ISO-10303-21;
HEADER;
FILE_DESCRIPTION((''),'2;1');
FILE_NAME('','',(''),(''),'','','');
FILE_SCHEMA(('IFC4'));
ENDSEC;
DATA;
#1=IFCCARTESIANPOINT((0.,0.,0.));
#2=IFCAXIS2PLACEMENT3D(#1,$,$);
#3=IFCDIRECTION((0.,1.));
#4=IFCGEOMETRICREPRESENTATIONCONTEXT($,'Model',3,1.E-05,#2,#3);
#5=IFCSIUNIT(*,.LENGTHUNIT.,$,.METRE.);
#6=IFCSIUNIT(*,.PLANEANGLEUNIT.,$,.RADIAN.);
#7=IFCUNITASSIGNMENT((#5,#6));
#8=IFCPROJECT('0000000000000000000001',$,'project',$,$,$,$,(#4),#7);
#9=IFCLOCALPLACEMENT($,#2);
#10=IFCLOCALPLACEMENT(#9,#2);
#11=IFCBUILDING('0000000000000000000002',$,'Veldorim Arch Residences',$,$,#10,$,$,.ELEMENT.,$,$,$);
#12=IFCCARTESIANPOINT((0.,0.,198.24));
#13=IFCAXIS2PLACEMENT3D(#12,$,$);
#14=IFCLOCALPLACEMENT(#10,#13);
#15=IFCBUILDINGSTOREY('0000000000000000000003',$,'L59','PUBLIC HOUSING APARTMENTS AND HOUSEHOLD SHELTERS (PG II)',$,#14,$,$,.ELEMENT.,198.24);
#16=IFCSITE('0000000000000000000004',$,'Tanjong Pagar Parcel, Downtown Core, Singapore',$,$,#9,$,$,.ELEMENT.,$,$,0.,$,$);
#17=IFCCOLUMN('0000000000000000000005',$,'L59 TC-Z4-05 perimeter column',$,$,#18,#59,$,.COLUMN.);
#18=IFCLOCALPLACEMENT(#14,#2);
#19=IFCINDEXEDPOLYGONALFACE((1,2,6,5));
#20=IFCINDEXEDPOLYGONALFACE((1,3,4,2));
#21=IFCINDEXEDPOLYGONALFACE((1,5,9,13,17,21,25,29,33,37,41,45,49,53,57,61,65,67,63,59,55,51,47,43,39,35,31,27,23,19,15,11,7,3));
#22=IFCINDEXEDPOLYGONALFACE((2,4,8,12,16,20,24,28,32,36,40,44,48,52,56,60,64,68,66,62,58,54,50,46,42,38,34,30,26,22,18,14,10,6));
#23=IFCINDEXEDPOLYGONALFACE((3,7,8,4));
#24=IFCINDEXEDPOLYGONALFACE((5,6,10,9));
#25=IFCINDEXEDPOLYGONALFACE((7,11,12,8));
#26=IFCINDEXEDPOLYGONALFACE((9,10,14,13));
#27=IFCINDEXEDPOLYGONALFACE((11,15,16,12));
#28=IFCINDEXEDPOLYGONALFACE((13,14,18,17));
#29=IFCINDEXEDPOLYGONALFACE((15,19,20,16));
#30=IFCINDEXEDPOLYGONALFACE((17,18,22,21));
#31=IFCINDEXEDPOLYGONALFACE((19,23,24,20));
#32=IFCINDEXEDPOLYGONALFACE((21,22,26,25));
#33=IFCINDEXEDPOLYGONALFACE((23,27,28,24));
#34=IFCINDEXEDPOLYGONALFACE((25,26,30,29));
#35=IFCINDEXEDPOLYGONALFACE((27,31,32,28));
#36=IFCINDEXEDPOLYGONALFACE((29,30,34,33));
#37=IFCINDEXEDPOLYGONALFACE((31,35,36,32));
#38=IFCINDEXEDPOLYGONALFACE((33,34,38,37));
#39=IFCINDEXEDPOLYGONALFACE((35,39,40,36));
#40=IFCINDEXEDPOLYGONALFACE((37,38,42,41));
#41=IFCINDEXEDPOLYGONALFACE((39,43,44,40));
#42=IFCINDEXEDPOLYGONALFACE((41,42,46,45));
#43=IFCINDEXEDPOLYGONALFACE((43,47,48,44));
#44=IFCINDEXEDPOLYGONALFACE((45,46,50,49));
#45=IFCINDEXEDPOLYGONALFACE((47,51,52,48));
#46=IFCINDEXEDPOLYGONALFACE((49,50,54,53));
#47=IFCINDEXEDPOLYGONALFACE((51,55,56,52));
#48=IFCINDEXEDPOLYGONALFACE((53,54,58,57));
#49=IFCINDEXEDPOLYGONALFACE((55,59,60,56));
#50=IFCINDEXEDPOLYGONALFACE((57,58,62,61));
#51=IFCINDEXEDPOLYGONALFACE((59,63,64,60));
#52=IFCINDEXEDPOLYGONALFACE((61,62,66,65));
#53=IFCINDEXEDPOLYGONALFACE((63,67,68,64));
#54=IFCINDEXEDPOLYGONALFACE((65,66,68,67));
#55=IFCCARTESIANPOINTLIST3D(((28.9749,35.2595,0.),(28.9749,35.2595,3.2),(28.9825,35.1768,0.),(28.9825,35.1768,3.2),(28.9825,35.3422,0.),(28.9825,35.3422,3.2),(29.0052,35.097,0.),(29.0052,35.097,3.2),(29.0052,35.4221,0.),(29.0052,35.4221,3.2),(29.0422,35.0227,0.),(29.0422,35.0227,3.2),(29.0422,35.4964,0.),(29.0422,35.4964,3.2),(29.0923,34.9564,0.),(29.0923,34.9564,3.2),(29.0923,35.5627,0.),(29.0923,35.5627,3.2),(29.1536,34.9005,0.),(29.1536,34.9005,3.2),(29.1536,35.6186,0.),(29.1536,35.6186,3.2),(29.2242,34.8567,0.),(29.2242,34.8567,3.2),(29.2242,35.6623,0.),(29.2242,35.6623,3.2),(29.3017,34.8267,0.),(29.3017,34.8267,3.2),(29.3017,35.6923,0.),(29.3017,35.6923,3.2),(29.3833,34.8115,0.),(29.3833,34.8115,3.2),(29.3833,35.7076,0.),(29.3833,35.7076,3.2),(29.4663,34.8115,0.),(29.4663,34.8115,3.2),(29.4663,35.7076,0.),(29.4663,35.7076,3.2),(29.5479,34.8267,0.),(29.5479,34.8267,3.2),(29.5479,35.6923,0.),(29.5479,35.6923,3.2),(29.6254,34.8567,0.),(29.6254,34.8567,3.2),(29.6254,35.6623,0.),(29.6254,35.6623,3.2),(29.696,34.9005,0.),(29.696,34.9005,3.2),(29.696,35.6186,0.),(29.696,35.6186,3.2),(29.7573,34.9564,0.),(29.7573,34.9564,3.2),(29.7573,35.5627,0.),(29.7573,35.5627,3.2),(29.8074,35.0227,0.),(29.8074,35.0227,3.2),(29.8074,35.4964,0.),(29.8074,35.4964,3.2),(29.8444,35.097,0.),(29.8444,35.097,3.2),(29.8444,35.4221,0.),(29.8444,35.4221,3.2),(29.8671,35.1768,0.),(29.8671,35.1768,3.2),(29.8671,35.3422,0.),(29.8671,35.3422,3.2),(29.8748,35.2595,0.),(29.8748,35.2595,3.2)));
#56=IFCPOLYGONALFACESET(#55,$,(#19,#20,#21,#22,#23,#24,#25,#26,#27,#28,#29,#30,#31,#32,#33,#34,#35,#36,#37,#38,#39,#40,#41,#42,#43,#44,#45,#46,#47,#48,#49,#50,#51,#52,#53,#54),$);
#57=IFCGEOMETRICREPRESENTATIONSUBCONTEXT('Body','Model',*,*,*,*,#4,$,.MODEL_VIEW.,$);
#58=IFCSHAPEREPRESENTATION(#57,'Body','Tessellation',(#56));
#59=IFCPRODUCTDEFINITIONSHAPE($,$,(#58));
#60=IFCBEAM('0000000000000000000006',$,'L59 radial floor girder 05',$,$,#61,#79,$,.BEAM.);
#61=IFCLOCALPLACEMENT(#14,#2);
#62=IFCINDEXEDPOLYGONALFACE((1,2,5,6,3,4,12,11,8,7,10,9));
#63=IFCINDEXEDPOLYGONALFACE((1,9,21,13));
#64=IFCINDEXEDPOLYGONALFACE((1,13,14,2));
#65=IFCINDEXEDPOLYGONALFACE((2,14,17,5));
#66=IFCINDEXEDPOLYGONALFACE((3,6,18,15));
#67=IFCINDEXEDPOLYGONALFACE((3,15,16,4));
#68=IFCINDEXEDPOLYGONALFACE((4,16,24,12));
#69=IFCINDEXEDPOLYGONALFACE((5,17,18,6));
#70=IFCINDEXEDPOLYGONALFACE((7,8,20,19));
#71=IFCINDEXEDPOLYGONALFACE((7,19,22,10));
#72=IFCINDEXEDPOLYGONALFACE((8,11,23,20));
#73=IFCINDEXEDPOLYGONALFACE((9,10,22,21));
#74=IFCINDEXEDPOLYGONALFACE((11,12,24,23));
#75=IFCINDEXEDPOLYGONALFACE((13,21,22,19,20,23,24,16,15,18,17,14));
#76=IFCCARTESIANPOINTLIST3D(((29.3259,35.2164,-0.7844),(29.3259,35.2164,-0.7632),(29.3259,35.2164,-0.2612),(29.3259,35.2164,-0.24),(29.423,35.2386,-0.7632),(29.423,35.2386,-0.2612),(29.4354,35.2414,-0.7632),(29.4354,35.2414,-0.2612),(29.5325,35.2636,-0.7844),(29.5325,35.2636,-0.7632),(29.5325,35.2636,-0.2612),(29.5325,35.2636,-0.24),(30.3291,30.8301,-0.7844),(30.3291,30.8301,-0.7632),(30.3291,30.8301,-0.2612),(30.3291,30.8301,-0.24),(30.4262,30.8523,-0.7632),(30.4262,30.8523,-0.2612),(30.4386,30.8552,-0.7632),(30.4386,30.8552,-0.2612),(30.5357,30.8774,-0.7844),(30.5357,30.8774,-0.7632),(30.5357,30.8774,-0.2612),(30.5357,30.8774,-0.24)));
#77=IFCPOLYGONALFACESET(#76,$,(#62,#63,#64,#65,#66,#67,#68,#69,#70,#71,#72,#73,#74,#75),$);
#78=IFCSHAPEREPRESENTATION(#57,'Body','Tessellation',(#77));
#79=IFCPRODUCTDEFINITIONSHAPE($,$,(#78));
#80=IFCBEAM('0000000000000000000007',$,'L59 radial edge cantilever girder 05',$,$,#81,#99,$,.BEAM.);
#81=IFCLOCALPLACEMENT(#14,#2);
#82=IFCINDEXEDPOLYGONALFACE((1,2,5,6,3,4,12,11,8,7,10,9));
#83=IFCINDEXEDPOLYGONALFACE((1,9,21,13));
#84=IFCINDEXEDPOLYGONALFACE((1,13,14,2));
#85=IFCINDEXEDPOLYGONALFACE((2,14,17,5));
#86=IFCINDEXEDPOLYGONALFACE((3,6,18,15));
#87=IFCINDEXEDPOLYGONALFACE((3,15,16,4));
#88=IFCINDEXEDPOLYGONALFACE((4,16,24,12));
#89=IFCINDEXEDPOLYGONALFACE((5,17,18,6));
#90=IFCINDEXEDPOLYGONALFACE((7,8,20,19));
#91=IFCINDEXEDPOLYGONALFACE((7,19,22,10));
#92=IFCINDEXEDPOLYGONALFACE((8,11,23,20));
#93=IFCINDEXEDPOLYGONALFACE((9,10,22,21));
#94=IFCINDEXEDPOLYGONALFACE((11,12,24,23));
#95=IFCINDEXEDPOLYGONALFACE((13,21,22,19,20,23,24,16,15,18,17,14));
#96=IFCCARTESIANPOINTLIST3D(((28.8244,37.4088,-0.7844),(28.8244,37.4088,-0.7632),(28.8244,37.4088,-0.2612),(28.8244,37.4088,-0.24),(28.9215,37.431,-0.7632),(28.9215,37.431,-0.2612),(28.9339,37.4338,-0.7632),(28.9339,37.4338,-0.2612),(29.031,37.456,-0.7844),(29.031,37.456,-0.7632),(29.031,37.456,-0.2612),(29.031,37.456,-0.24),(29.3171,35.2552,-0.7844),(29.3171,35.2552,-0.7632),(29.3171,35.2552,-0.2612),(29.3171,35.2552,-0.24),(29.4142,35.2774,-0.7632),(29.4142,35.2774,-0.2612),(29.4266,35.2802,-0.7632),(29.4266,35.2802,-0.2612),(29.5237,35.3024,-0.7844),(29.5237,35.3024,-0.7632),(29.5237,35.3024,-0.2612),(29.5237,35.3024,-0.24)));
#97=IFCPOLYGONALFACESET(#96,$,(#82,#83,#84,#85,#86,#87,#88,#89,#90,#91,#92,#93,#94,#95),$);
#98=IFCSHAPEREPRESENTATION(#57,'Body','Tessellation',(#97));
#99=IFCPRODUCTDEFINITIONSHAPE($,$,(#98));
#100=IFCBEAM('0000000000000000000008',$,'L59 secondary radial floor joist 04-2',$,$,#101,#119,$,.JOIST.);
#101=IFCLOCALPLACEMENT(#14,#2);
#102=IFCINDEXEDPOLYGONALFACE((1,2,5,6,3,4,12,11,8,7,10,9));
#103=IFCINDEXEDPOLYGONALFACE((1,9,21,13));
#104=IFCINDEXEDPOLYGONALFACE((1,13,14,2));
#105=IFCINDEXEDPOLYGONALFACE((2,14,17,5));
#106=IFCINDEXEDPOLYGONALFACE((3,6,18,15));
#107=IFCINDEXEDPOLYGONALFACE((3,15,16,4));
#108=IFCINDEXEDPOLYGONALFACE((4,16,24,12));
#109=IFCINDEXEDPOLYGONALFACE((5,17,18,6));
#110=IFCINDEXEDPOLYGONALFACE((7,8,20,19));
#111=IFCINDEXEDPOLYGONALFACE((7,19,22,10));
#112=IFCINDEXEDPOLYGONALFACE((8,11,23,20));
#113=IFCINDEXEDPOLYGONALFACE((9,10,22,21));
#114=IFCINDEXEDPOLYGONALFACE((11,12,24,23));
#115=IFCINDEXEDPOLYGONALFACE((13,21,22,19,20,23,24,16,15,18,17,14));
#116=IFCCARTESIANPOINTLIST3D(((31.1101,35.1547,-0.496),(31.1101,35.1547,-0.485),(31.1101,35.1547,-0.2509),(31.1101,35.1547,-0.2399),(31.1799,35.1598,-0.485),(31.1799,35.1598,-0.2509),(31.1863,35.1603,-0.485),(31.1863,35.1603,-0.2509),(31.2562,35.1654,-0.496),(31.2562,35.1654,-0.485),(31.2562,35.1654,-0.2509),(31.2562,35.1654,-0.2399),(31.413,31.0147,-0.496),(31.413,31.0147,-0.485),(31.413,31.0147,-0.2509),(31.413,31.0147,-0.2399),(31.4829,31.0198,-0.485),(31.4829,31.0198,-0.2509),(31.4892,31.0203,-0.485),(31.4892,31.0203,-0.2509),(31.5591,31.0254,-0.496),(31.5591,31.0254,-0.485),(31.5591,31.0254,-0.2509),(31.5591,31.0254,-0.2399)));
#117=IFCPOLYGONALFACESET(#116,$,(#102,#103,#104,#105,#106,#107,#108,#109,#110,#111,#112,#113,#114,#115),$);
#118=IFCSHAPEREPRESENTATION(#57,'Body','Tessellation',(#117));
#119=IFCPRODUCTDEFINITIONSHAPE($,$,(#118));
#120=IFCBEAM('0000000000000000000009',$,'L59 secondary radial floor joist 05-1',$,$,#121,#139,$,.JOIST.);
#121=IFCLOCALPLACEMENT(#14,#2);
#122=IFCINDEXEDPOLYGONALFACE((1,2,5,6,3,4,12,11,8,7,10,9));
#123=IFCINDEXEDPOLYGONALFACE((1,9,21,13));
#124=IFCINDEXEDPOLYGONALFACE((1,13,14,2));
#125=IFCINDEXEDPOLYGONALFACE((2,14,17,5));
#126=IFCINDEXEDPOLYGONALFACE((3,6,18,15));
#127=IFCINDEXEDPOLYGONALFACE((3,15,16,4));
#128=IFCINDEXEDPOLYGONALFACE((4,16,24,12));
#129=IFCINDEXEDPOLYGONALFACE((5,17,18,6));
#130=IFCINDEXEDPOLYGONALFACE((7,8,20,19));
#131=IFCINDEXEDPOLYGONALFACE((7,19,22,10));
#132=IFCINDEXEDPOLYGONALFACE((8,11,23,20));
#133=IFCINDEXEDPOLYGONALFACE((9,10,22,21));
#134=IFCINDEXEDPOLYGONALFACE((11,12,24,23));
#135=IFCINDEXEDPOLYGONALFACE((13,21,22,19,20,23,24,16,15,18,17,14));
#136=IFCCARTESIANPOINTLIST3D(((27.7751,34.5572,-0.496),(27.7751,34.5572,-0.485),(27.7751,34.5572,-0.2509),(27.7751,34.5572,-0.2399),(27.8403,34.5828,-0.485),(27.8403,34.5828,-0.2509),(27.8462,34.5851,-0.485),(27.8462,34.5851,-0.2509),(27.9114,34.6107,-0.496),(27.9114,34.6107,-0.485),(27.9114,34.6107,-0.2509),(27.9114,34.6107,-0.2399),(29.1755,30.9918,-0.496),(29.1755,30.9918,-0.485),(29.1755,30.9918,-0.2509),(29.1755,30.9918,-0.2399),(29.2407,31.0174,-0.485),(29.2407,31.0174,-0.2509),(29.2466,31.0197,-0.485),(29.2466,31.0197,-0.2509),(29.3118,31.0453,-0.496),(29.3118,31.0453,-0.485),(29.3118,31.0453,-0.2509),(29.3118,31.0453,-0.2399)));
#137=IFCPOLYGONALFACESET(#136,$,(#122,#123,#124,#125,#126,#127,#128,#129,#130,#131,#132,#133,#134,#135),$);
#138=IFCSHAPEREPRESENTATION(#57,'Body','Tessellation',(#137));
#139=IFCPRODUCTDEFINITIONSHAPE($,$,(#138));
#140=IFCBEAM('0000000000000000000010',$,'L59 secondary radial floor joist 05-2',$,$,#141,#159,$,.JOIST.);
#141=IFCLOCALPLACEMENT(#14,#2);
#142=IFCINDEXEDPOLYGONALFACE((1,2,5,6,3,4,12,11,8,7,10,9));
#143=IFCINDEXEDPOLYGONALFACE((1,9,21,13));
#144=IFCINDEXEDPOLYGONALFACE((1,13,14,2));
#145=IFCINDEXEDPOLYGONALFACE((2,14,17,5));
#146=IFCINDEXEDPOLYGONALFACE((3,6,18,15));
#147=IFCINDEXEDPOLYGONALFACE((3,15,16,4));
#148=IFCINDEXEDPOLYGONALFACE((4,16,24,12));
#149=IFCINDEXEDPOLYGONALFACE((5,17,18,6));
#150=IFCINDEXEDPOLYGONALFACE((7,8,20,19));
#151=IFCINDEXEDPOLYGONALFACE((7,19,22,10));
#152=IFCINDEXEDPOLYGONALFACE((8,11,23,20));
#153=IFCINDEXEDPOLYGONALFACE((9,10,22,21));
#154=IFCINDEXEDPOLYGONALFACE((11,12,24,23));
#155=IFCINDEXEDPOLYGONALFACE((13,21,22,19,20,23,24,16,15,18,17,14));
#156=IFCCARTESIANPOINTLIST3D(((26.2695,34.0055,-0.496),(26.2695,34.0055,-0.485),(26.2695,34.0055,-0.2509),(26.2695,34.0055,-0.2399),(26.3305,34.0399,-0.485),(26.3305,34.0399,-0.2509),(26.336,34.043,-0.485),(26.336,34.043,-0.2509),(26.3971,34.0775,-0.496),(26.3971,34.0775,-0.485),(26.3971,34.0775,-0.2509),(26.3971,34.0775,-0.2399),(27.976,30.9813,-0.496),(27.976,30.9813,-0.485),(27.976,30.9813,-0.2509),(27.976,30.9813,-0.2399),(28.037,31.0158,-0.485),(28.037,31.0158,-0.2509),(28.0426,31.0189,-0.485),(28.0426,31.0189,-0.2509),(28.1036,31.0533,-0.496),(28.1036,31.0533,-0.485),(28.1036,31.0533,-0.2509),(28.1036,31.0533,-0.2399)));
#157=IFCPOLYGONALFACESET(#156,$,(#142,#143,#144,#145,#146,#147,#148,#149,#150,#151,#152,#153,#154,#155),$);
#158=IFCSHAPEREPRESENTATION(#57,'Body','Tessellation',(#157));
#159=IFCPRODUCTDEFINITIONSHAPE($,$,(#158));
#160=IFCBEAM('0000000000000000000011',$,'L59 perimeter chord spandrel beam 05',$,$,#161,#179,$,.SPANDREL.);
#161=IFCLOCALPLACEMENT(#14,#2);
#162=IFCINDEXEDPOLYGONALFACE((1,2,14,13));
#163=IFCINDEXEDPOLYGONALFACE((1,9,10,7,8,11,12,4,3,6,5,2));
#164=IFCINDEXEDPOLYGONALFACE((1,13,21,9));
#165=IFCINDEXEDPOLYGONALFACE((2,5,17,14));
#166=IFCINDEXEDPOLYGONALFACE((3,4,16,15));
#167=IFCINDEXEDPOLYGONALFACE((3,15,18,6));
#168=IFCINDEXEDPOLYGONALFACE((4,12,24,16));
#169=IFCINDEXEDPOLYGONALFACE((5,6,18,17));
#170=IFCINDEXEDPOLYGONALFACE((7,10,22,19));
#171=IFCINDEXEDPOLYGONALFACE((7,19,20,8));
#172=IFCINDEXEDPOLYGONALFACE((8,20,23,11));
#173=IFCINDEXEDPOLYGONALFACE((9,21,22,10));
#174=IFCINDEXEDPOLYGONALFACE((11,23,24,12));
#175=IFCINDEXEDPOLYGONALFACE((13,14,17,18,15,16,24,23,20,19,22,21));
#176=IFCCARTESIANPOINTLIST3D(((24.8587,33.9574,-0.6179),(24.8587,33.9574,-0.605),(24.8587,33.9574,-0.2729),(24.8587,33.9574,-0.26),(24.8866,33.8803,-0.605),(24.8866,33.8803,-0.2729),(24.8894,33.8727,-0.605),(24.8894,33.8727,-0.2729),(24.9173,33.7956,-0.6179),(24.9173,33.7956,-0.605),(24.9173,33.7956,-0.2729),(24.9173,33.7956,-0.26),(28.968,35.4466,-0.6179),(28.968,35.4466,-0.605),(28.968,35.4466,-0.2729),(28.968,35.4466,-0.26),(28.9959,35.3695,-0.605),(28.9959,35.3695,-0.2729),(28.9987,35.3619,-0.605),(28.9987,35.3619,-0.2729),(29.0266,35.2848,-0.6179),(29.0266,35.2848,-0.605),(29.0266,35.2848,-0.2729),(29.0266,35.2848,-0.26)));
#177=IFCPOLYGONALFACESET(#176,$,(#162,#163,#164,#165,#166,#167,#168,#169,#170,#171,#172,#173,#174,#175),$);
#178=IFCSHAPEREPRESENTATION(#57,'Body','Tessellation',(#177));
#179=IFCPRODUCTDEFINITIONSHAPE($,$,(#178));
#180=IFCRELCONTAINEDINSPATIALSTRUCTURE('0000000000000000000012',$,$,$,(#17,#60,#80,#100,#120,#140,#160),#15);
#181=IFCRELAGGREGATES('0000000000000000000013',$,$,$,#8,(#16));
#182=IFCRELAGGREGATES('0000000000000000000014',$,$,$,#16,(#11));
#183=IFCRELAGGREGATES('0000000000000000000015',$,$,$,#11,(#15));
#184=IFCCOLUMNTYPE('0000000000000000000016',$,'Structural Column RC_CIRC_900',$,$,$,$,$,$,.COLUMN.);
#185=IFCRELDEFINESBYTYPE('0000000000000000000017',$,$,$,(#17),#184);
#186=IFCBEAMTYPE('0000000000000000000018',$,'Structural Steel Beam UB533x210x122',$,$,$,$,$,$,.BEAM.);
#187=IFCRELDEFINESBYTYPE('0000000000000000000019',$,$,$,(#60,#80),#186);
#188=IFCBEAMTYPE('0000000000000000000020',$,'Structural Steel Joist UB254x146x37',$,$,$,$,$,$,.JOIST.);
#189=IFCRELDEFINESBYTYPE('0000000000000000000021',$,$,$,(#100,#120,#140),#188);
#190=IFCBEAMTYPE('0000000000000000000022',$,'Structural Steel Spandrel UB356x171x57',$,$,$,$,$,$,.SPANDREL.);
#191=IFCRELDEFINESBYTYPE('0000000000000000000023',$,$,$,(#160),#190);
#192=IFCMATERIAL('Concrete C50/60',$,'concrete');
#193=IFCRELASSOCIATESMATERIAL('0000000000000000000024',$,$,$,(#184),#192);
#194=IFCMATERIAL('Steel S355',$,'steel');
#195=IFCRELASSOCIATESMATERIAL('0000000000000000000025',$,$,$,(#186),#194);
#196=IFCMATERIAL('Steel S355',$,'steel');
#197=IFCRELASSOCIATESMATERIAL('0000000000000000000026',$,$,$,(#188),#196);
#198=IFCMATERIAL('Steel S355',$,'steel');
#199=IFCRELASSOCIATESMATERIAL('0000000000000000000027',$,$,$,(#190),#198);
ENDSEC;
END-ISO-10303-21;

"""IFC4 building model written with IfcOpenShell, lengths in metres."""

from ifc_helpers import new_model, si_unit, direction, frame, origin, origin_2d, place, context, subcontext, project, spatial, circle, i_section, extrude, material, material_profile, profile_set, type_object, element, save


model = new_model("IFC4")

# Units and contexts
model_context = context("Model", 3, precision=1e-05, world=origin(), true_north=direction((0.0, 1.0)))
body_context = subcontext(model_context, "Body", "Model", "MODEL_VIEW")
ifc_project = project(units=[si_unit("LENGTHUNIT", "METRE"), si_unit("PLANEANGLEUNIT", "RADIAN")], contexts=[model_context])

# Site, building, storey
site_placement = place(None, origin())
site = spatial("IfcSite", under=ifc_project, at=site_placement, Name="Tanjong Pagar Parcel, Downtown Core, Singapore", CompositionType="ELEMENT", RefElevation=0.0)
building_placement = place(site_placement, origin())
building = spatial("IfcBuilding", under=site, at=building_placement, Name="Veldorim Arch Residences", CompositionType="ELEMENT")
storey_placement = place(building_placement, frame((0.0, 0.0, 198.24)))
storey = spatial("IfcBuildingStorey", under=building, at=storey_placement, Name="L59", Description="PUBLIC HOUSING APARTMENTS AND HOUSEHOLD SHELTERS (PG II)", CompositionType="ELEMENT", Elevation=198.24)

# Column
ifc_material_1 = material(Name="Concrete C50/60", Category="concrete")
ifc_material_profile_1 = material_profile(ifc_material_1, circle(Radius=0.45, at=origin_2d()), Name="RC_CIRC_900")
ifc_profile_set_1 = profile_set([ifc_material_profile_1], Name="Concrete C50/60")
column_type = type_object("IfcColumnType", Name="Structural Column RC_CIRC_900", PredefinedType="COLUMN", material=ifc_profile_set_1)
column_placement = place(storey_placement, frame((29.4248, 35.2595, 0.0), z_axis=(0.0, 0.0, 1.0), x_axis=(1.0, 0.0, 0.0)))
element("IfcColumn", 1, at=column_placement, inside=storey, type_object=column_type, Name="L59 TC-Z4-05 perimeter column", PredefinedType="COLUMN", context=body_context, shape_type="SweptSolid", body=[
    extrude(circle(Radius=0.45, at=origin_2d()), origin(), (0.0, 0.0, 1.0), 3.2),
])

# Beams
ifc_material_2 = material(Name="Steel S355", Category="steel")
ifc_material_profile_2 = material_profile(ifc_material_2, i_section(OverallWidth=0.2119, OverallDepth=0.5444, WebThickness=0.0127, FlangeThickness=0.0212, at=origin_2d()), Name="UB533x210x122")
ifc_profile_set_2 = profile_set([ifc_material_profile_2], Name="Steel S355")
beam_type_1 = type_object("IfcBeamType", Name="Structural Steel Beam UB533x210x122", PredefinedType="BEAM", material=ifc_profile_set_2)
beam_1_placement = place(storey_placement, frame((30.4324, 30.8538, -0.5122), z_axis=(-0.222953, 0.974829, 0.0), x_axis=(-0.974829, -0.222953, 0.0)))
element("IfcBeam", 2, at=beam_1_placement, inside=storey, type_object=beam_type_1, Name="L59 radial floor girder 05", PredefinedType="BEAM", context=body_context, shape_type="SweptSolid", body=[
    extrude(i_section(OverallWidth=0.2119, OverallDepth=0.5444, WebThickness=0.0127, FlangeThickness=0.0212, at=origin_2d()), origin(), (0.0, 0.0, 1.0), 4.4995),
])
beam_2_placement = place(storey_placement, frame((29.4204, 35.2788, -0.5122), z_axis=(-0.223011, 0.974816, 0.0), x_axis=(-0.974816, -0.223011, 0.0)))
element("IfcBeam", 3, at=beam_2_placement, inside=storey, type_object=beam_type_1, Name="L59 radial edge cantilever girder 05", PredefinedType="BEAM", context=body_context, shape_type="SweptSolid", body=[
    extrude(i_section(OverallWidth=0.2119, OverallDepth=0.5444, WebThickness=0.0127, FlangeThickness=0.0212, at=origin_2d()), origin(), (0.0, 0.0, 1.0), 2.2092),
])
ifc_material_3 = material(Name="Steel S355", Category="steel")
ifc_material_profile_3 = material_profile(ifc_material_3, i_section(OverallWidth=0.1465, OverallDepth=0.2561, WebThickness=0.0063, FlangeThickness=0.011, at=origin_2d()), Name="UB254x146x37")
ifc_profile_set_3 = profile_set([ifc_material_profile_3], Name="Steel S355")
beam_type_2 = type_object("IfcBeamType", Name="Structural Steel Joist UB254x146x37", PredefinedType="JOIST", material=ifc_profile_set_3)
beam_3_placement = place(storey_placement, frame((31.4861, 31.02, -0.3679), z_axis=(-0.072986, 0.997333, 0.0), x_axis=(-0.997333, -0.072986, 0.0)))
element("IfcBeam", 4, at=beam_3_placement, inside=storey, type_object=beam_type_2, Name="L59 secondary radial floor joist 04-2", PredefinedType="JOIST", context=body_context, shape_type="SweptSolid", body=[
    extrude(i_section(OverallWidth=0.1465, OverallDepth=0.2561, WebThickness=0.0063, FlangeThickness=0.011, at=origin_2d()), origin(), (0.0, 0.0, 1.0), 4.1511),
])
beam_4_placement = place(storey_placement, frame((29.2437, 31.0186, -0.3679), z_axis=(-0.365581, 0.930779, 0.0), x_axis=(-0.930779, -0.365581, 0.0)))
element("IfcBeam", 5, at=beam_4_placement, inside=storey, type_object=beam_type_2, Name="L59 secondary radial floor joist 05-1", PredefinedType="JOIST", context=body_context, shape_type="SweptSolid", body=[
    extrude(i_section(OverallWidth=0.1465, OverallDepth=0.2561, WebThickness=0.0063, FlangeThickness=0.011, at=origin_2d()), origin(), (0.0, 0.0, 1.0), 3.8306),
])
beam_5_placement = place(storey_placement, frame((28.0398, 31.0173, -0.3679), z_axis=(-0.491452, 0.870904, 0.0), x_axis=(-0.870904, -0.491452, 0.0)))
element("IfcBeam", 6, at=beam_5_placement, inside=storey, type_object=beam_type_2, Name="L59 secondary radial floor joist 05-2", PredefinedType="JOIST", context=body_context, shape_type="SweptSolid", body=[
    extrude(i_section(OverallWidth=0.1465, OverallDepth=0.2561, WebThickness=0.0063, FlangeThickness=0.011, at=origin_2d()), origin(), (0.0, 0.0, 1.0), 3.4724),
])
ifc_material_4 = material(Name="Steel S355", Category="steel")
ifc_material_profile_4 = material_profile(ifc_material_4, i_section(OverallWidth=0.1721, OverallDepth=0.3579, WebThickness=0.0081, FlangeThickness=0.0129, at=origin_2d()), Name="UB356x171x57")
ifc_profile_set_4 = profile_set([ifc_material_profile_4], Name="Steel S355")
beam_type_3 = type_object("IfcBeamType", Name="Structural Steel Spandrel UB356x171x57", PredefinedType="SPANDREL", material=ifc_profile_set_4)
beam_6_placement = place(storey_placement, frame((28.9973, 35.3657, -0.439), z_axis=(-0.940165, -0.34072, 0.0), x_axis=(0.34072, -0.940165, 0.0)))
element("IfcBeam", 7, at=beam_6_placement, inside=storey, type_object=beam_type_3, Name="L59 perimeter chord spandrel beam 05", PredefinedType="SPANDREL", context=body_context, shape_type="SweptSolid", body=[
    extrude(i_section(OverallWidth=0.1721, OverallDepth=0.3579, WebThickness=0.0081, FlangeThickness=0.0129, at=origin_2d()), origin(), (0.0, 0.0, 1.0), 4.3708),
])

save(model, "model.ifc")
